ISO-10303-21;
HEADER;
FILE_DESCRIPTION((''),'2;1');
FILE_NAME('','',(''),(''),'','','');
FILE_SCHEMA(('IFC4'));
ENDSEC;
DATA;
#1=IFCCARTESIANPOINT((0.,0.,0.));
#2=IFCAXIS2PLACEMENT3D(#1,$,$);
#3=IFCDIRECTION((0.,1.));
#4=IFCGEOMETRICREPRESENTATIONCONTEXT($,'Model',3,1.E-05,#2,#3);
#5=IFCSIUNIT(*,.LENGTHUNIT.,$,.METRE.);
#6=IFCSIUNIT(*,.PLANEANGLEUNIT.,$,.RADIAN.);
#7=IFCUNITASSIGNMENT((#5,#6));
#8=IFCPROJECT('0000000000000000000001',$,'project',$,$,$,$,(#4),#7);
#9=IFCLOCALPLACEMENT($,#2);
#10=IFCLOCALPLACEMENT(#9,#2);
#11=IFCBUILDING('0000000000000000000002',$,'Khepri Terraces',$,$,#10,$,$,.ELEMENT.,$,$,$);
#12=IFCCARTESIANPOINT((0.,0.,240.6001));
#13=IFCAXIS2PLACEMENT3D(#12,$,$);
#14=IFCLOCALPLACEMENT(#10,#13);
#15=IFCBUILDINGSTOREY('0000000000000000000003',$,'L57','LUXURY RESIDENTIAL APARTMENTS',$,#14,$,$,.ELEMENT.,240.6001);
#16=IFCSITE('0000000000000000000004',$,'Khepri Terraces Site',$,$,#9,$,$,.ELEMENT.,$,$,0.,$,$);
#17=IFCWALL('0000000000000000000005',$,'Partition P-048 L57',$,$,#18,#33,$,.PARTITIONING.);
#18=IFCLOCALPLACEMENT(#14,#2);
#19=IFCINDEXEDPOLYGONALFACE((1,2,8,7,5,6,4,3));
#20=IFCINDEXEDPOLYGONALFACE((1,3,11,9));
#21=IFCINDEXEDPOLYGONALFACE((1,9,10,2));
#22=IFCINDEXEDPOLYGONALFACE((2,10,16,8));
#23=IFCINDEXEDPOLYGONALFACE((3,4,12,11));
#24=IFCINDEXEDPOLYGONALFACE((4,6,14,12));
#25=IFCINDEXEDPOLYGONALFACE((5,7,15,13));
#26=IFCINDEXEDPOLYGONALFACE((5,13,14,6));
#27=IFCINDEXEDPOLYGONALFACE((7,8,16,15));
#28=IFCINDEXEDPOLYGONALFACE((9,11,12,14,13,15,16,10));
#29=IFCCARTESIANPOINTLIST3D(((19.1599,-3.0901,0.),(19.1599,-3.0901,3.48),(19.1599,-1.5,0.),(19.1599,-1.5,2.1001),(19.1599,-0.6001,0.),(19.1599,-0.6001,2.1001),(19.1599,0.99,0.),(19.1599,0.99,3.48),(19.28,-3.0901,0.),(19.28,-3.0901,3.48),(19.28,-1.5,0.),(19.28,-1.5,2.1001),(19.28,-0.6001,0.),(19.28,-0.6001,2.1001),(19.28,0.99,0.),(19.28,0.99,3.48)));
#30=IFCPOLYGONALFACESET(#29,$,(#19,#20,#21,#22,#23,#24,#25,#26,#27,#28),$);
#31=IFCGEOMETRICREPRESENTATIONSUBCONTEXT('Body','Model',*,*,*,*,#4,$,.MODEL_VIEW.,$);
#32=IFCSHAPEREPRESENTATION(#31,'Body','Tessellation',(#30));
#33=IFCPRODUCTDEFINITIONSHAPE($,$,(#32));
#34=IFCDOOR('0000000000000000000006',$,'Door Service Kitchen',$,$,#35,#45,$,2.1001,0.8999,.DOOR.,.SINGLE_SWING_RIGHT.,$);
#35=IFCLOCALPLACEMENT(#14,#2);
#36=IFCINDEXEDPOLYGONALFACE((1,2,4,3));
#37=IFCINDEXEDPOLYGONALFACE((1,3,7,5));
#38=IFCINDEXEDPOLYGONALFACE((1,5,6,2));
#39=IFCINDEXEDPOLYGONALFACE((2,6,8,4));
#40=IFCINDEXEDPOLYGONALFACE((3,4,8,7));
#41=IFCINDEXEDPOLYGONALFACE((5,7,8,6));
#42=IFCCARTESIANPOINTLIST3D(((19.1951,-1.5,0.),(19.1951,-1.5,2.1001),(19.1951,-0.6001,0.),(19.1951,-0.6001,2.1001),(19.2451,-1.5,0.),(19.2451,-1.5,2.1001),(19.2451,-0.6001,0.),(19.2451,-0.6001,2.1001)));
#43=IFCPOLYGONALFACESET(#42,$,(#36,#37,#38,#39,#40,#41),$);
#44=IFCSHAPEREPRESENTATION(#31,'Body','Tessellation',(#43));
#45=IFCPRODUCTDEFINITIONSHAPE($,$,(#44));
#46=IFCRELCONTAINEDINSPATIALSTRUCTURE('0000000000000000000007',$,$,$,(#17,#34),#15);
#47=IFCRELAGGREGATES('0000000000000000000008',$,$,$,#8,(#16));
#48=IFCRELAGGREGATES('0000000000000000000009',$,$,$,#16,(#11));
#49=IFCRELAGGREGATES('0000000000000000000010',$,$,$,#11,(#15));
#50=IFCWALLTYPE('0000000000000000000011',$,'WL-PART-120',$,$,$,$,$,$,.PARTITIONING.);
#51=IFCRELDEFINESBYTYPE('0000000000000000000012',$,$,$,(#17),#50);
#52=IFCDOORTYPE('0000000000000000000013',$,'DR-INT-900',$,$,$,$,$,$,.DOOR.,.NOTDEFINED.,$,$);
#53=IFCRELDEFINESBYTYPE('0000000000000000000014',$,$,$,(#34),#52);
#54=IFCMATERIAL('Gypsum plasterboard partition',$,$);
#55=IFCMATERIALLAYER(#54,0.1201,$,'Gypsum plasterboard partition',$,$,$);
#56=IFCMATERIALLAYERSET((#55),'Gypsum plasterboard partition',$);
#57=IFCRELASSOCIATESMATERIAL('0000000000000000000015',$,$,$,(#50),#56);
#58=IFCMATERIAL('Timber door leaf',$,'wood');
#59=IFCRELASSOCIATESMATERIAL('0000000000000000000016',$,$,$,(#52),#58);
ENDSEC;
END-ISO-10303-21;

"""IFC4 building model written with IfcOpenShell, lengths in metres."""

from ifc_helpers import new_model, si_unit, direction, frame, frame_2d, origin, place, context, subcontext, project, spatial, rectangle, extrude, material, layer, layer_set, type_object, element, fill, save


model = new_model("IFC4")

# Units and contexts
model_context = context("Model", 3, precision=1e-05, world=origin(), true_north=direction((0.0, 1.0)))
body_context = subcontext(model_context, "Body", "Model", "MODEL_VIEW")
ifc_project = project(units=[si_unit("LENGTHUNIT", "METRE"), si_unit("PLANEANGLEUNIT", "RADIAN")], contexts=[model_context])

# Site, building, storey
site_placement = place(None, origin())
site = spatial("IfcSite", under=ifc_project, at=site_placement, Name="Khepri Terraces Site", CompositionType="ELEMENT", RefElevation=0.0)
building_placement = place(site_placement, origin())
building = spatial("IfcBuilding", under=site, at=building_placement, Name="Khepri Terraces", CompositionType="ELEMENT")
storey_placement = place(building_placement, frame((0.0, 0.0, 240.6001)))
storey = spatial("IfcBuildingStorey", under=building, at=storey_placement, Name="L57", Description="LUXURY RESIDENTIAL APARTMENTS", CompositionType="ELEMENT", Elevation=240.6001)

# Shared definitions
ifc_material_1 = material(Name="Gypsum plasterboard partition")
ifc_layer_1 = layer(ifc_material_1, 0.1201, Name="Gypsum plasterboard partition")
ifc_layer_set_1 = layer_set([ifc_layer_1], Name="Gypsum plasterboard partition")
wall_type_1 = type_object("IfcWallType", Name="WL-PART-120", PredefinedType="PARTITIONING", material=ifc_layer_set_1)

# Wall, opening, door
ifc_material_2 = material(Name="Timber door leaf", Category="wood")
door_type_1 = type_object("IfcDoorType", Name="DR-INT-900", OperationType="NOTDEFINED", PredefinedType="DOOR", material=ifc_material_2)
wall_1_placement = place(storey_placement, frame((19.22, -3.0901, 0.0), z_axis=(0.0, 0.0, 1.0), x_axis=(0.0, 1.0, 0.0)))
wall_1 = element("IfcWall", 1, at=wall_1_placement, inside=storey, type_object=wall_type_1, Name="Partition P-048 L57", PredefinedType="PARTITIONING", context=body_context, shape_type="SweptSolid", body=[
    extrude(rectangle(XDim=4.0801, YDim=0.1201, at=frame_2d((2.04, 0.0))), origin(), (0.0, 0.0, 1.0), 3.48),
])
opening_1_placement = place(wall_1_placement, frame((1.5901, 0.0, 0.0)))
opening_1 = element("IfcOpeningElement", 2, at=opening_1_placement, cuts=wall_1, PredefinedType="OPENING", context=body_context, shape_type="SweptSolid", body=[
    extrude(rectangle(XDim=0.8999, YDim=2.1001, at=frame_2d((0.45, 1.05))), frame((0.0, 0.0701, 0.0), z_axis=(0.0, -1.0, 0.0), x_axis=(1.0, 0.0, 0.0)), (0.0, 0.0, 1.0), 0.1401),
])
door_1_placement = place(opening_1_placement, origin())
door_1 = element("IfcDoor", 3, at=door_1_placement, inside=storey, type_object=door_type_1, Name="Door Service Kitchen", OperationType="SINGLE_SWING_RIGHT", OverallHeight=2.1001, OverallWidth=0.8999, PredefinedType="DOOR", context=body_context, shape_type="SweptSolid", body=[
    extrude(rectangle(XDim=0.8999, YDim=2.1001, at=frame_2d((0.45, 1.05))), frame((0.0, 0.0249, 0.0), z_axis=(0.0, -1.0, 0.0), x_axis=(1.0, 0.0, 0.0)), (0.0, 0.0, 1.0), 0.05),
])
fill(opening_1, door_1)

save(model, "model.ifc")
